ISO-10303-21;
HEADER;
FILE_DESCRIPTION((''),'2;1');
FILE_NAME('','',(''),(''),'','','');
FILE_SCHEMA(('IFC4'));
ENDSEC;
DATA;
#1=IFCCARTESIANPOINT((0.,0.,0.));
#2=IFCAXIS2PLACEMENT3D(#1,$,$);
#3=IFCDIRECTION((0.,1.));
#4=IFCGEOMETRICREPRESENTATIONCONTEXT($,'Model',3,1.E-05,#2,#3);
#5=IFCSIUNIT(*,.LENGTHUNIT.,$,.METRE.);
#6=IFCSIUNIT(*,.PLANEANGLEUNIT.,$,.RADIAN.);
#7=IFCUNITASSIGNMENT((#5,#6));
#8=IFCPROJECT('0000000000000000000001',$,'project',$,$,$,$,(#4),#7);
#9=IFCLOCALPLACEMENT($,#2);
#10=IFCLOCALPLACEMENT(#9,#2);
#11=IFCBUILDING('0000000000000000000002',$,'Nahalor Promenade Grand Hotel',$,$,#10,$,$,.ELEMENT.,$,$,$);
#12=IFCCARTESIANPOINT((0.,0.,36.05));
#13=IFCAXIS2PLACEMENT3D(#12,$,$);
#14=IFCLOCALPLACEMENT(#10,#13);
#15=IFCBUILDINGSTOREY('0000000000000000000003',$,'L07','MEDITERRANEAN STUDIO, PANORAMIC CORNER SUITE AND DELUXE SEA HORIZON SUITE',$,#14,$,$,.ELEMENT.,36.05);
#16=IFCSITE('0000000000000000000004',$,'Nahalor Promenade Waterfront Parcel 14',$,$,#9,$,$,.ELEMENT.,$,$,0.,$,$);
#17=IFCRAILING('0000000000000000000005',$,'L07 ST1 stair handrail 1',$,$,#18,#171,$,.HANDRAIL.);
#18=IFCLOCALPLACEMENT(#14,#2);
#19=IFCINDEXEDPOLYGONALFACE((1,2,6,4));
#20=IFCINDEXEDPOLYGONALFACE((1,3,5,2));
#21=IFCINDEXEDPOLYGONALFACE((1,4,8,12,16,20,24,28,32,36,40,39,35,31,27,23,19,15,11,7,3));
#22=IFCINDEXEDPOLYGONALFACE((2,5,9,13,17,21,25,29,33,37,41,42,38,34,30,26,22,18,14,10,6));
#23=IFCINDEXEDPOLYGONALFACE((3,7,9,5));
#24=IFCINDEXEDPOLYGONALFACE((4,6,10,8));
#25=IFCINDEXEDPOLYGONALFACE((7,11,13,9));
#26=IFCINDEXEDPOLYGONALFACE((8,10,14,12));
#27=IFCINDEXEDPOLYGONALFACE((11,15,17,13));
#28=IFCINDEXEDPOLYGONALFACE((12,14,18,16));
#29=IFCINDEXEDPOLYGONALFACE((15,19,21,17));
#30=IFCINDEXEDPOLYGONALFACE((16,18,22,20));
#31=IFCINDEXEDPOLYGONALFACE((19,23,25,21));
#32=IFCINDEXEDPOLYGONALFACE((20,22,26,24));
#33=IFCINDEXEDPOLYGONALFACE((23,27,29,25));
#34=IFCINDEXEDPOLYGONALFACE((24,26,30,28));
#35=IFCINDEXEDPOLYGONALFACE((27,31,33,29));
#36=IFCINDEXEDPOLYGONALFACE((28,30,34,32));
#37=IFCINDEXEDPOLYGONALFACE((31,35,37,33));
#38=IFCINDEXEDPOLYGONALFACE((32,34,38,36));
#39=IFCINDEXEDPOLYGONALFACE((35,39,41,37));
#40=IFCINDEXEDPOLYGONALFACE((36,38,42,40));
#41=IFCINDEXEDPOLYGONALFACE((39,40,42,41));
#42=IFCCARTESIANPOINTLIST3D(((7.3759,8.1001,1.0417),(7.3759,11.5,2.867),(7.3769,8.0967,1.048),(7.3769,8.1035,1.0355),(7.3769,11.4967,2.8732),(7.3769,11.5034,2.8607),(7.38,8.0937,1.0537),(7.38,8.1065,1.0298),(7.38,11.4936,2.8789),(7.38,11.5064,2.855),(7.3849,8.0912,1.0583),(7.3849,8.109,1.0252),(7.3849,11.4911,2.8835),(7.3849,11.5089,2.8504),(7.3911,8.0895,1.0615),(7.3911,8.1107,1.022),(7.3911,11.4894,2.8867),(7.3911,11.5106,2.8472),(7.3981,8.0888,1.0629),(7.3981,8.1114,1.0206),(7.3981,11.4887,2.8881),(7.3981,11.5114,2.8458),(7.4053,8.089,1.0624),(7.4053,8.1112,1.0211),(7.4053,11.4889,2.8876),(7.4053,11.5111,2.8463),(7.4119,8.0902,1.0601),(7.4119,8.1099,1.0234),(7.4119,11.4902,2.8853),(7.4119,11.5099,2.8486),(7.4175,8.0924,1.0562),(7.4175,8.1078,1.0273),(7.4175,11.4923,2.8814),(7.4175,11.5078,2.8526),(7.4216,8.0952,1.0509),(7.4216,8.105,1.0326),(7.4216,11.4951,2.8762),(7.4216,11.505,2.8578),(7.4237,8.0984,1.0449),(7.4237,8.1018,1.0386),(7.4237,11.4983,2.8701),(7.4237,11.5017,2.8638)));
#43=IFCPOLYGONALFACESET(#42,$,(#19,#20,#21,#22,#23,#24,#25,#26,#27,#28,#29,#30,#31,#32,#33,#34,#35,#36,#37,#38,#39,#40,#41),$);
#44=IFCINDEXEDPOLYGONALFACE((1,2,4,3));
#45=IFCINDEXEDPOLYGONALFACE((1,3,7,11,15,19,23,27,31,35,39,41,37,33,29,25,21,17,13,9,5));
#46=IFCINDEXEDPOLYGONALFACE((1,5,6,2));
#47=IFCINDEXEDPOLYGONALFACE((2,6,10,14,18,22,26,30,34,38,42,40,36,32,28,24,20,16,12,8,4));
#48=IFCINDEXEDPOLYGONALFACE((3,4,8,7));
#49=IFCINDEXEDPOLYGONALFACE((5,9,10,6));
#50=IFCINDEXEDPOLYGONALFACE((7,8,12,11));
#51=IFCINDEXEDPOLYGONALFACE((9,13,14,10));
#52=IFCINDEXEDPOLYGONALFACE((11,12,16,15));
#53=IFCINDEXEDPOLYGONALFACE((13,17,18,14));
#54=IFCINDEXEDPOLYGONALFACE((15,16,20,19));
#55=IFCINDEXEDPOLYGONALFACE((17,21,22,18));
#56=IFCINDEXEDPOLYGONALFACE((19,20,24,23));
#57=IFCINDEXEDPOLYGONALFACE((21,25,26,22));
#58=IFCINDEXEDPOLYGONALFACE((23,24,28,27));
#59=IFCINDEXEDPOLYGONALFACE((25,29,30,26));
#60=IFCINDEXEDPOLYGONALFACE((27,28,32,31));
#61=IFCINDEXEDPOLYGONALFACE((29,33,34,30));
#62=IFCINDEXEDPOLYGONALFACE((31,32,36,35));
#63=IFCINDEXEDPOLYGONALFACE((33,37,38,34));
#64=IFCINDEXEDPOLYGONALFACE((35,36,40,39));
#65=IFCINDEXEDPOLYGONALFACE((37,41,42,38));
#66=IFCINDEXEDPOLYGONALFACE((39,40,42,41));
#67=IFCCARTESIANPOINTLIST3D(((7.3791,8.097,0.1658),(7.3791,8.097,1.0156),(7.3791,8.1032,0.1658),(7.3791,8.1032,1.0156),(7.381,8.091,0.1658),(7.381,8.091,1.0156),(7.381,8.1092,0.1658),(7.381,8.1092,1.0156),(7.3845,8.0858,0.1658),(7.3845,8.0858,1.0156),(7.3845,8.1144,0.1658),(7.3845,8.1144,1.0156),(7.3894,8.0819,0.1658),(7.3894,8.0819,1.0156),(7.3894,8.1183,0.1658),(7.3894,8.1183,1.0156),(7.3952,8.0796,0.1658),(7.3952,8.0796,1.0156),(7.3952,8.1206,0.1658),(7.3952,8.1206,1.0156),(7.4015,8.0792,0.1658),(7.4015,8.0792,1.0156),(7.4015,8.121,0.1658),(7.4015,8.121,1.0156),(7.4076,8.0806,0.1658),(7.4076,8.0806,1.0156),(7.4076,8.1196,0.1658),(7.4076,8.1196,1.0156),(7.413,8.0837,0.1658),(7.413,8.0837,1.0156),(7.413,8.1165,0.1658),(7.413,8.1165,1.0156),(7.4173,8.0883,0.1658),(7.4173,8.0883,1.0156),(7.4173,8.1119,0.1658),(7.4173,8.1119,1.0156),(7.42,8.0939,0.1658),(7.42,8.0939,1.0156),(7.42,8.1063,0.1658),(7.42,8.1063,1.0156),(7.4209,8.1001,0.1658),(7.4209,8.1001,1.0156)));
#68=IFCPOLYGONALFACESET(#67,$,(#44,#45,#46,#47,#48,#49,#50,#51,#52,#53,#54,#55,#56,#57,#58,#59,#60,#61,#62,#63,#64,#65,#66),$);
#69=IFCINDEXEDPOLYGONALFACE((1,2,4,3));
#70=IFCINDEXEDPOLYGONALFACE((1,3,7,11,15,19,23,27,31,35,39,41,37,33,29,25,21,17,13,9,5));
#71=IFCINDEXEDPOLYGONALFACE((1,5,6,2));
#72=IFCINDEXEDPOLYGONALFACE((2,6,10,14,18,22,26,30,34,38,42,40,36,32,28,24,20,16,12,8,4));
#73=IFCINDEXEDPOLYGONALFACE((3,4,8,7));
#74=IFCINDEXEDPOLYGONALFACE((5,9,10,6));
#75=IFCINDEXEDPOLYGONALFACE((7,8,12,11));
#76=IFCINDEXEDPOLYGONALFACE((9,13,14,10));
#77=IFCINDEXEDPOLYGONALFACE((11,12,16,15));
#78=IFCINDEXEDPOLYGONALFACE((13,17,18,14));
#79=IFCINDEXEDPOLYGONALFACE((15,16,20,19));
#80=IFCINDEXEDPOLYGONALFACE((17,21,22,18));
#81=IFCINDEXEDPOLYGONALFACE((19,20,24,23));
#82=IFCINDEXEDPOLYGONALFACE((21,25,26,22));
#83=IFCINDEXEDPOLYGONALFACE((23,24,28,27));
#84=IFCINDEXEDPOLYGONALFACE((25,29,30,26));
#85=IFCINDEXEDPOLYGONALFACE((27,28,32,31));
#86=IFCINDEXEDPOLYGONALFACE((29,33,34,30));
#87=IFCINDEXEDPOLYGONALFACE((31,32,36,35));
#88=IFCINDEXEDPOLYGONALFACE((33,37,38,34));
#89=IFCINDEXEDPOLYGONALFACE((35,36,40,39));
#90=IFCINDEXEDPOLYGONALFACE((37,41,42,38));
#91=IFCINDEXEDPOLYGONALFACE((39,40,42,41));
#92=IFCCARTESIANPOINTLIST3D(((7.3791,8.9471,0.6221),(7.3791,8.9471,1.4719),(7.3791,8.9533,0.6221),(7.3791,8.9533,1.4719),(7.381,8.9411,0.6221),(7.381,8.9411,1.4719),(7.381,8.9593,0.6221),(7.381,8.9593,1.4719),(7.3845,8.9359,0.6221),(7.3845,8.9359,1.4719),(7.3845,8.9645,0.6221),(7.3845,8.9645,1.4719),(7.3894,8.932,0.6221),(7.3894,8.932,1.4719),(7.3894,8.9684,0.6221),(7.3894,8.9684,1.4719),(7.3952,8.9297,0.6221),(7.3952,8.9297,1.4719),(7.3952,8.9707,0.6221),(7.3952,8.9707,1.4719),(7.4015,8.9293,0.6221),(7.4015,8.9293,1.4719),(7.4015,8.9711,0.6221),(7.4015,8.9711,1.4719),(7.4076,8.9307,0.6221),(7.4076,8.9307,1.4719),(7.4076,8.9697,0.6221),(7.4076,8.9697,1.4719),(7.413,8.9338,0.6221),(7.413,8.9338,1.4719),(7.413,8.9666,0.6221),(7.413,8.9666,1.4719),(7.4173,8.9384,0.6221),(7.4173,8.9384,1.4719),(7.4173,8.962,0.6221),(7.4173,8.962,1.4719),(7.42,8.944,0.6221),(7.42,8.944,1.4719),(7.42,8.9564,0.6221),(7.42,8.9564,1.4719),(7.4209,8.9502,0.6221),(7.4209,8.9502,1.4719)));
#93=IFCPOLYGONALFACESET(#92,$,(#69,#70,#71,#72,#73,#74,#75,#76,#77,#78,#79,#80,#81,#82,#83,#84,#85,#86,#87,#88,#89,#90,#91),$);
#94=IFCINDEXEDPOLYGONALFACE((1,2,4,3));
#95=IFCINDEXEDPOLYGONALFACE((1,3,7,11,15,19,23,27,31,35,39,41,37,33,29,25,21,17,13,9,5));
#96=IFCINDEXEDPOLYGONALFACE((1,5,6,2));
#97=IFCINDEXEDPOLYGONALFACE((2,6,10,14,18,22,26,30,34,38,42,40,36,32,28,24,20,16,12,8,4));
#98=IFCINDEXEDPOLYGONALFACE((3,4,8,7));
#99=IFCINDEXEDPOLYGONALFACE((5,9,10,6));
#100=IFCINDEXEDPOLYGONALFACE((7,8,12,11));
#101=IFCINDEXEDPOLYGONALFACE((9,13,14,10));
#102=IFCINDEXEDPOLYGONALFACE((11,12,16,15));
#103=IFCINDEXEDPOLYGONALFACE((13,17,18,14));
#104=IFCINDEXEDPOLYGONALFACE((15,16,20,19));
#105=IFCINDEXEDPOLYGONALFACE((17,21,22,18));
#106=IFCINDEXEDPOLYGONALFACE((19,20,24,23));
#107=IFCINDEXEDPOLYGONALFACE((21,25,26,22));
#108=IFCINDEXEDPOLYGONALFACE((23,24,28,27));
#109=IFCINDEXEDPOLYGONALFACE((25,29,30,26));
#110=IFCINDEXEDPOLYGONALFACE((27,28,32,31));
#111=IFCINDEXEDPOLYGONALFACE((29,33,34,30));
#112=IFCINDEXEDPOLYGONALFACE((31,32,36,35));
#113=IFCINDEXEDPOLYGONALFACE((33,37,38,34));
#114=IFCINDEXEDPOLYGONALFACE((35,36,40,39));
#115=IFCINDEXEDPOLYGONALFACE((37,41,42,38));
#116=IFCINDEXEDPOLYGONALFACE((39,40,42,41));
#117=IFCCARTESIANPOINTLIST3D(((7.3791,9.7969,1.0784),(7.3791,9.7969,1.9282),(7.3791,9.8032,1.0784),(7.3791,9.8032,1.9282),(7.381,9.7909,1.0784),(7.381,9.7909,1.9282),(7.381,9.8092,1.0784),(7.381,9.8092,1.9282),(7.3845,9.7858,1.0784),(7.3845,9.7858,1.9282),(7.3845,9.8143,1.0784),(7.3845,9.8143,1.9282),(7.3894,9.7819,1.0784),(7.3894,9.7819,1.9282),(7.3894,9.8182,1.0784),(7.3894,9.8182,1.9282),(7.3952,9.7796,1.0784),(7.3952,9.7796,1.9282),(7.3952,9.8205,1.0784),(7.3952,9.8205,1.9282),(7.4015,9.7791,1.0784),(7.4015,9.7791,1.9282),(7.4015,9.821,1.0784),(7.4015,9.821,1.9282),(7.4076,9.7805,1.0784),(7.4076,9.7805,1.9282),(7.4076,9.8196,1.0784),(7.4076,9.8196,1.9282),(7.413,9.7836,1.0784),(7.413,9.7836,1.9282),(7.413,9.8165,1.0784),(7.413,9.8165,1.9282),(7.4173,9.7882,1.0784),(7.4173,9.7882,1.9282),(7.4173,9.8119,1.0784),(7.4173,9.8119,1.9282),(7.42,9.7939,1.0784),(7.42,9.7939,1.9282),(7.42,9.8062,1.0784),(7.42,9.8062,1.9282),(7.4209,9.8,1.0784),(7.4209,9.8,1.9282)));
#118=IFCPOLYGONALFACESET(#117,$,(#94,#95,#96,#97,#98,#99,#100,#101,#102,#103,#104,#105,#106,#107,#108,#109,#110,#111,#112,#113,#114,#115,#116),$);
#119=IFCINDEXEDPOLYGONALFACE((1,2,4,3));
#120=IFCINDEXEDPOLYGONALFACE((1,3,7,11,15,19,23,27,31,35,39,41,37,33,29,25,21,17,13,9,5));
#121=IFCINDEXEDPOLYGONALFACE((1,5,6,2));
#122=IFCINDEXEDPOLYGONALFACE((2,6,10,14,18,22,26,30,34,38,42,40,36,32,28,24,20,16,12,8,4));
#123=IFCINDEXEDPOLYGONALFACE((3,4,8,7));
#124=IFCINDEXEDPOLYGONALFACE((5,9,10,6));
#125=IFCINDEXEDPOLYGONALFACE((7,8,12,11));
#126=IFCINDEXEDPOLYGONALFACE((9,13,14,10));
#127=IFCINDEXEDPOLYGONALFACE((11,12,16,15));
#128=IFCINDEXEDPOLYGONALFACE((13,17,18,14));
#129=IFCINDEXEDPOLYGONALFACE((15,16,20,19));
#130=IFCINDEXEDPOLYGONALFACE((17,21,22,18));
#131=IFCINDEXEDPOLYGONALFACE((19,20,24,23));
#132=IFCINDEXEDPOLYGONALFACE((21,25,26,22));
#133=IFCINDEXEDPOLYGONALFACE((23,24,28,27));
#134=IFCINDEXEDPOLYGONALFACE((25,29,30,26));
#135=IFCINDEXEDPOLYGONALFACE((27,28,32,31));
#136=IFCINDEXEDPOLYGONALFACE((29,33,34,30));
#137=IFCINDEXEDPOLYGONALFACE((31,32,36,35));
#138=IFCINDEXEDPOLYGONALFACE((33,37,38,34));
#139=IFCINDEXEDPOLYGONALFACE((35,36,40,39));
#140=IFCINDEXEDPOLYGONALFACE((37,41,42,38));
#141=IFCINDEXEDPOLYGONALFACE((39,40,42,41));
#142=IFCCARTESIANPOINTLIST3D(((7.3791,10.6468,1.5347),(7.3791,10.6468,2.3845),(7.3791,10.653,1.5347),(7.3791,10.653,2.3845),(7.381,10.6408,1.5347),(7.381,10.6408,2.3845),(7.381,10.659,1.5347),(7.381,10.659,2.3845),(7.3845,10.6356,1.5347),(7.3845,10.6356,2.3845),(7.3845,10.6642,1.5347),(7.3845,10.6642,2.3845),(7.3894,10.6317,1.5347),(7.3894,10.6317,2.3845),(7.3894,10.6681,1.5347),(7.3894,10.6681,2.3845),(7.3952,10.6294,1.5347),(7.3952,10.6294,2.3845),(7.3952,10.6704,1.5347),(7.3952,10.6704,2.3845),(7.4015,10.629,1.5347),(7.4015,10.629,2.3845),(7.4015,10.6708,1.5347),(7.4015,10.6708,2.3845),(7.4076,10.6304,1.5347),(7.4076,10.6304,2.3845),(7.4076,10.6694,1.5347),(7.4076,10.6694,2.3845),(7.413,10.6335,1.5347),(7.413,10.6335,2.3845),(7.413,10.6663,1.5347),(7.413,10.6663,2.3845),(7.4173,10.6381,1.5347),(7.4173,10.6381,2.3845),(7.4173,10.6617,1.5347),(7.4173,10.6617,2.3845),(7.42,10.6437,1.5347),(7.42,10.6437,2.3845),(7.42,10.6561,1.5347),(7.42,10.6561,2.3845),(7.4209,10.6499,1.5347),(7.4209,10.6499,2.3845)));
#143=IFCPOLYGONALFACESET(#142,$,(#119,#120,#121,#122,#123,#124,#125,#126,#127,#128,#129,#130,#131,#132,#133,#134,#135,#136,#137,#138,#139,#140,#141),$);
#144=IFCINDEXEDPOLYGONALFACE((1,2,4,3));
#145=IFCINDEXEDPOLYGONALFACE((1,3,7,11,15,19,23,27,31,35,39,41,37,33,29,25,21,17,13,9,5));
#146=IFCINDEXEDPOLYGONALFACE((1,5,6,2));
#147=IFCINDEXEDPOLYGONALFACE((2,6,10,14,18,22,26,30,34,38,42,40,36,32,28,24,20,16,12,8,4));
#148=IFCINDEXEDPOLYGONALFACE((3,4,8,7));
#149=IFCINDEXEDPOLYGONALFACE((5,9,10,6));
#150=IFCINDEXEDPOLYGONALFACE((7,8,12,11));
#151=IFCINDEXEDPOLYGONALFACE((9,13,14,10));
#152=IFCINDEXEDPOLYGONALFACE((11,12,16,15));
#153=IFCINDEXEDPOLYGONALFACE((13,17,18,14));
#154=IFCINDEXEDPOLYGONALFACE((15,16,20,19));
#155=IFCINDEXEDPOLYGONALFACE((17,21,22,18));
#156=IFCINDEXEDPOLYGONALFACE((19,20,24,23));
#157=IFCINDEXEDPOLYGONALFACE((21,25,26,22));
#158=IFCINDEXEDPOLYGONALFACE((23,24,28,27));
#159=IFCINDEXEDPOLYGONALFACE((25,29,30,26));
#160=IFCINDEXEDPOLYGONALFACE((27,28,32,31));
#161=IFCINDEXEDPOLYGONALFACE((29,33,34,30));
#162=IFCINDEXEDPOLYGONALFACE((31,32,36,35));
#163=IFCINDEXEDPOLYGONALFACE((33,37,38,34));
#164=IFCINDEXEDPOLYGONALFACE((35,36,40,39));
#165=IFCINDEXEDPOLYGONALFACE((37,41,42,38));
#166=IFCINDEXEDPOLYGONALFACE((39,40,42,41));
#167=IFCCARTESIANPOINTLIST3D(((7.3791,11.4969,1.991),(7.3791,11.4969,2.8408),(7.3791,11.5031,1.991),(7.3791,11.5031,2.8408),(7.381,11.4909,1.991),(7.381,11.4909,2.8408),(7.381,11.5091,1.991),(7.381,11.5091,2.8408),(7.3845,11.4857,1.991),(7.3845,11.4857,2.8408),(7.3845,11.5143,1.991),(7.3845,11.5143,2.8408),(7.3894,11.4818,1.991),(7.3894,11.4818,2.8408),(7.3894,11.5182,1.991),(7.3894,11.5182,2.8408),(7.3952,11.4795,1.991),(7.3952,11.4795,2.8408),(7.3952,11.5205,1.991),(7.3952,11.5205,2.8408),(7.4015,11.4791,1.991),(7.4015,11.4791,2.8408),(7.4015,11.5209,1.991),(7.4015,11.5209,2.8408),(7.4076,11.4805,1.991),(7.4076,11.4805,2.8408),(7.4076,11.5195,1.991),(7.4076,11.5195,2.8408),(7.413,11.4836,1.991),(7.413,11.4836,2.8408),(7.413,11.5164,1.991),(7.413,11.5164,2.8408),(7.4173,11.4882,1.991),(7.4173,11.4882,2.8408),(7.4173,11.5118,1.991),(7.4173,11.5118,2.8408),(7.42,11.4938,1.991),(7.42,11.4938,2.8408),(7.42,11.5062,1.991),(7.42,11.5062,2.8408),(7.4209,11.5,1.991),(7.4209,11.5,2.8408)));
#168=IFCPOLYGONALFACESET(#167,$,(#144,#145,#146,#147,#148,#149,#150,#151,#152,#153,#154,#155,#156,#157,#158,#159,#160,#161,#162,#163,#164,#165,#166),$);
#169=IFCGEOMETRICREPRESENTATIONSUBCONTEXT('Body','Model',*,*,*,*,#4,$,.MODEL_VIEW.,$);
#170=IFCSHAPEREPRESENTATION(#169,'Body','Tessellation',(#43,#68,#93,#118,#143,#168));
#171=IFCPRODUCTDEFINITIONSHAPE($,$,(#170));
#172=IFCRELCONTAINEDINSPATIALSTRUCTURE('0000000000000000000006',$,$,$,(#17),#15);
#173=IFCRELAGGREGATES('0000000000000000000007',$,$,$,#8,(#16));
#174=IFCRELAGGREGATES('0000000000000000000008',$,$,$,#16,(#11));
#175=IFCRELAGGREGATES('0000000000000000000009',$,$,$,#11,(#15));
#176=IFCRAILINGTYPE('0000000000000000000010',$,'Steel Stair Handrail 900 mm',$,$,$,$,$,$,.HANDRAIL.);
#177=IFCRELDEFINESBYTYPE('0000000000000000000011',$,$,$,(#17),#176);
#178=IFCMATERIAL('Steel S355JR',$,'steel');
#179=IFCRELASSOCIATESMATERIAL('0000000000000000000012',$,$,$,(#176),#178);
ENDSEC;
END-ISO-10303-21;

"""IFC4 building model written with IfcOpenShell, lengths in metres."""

from ifc_helpers import new_model, si_unit, direction, frame, origin, origin_2d, place, context, subcontext, project, spatial, circle, extrude, material, type_object, element, save


model = new_model("IFC4")

# Units and contexts
model_context = context("Model", 3, precision=1e-05, world=origin(), true_north=direction((0.0, 1.0)))
body_context = subcontext(model_context, "Body", "Model", "MODEL_VIEW")
ifc_project = project(units=[si_unit("LENGTHUNIT", "METRE"), si_unit("PLANEANGLEUNIT", "RADIAN")], contexts=[model_context])

# Site, building, storey
site_placement = place(None, origin())
site = spatial("IfcSite", under=ifc_project, at=site_placement, Name="Nahalor Promenade Waterfront Parcel 14", CompositionType="ELEMENT", RefElevation=0.0)
building_placement = place(site_placement, origin())
building = spatial("IfcBuilding", under=site, at=building_placement, Name="Nahalor Promenade Grand Hotel", CompositionType="ELEMENT")
storey_placement = place(building_placement, frame((0.0, 0.0, 36.05)))
storey = spatial("IfcBuildingStorey", under=building, at=storey_placement, Name="L07", Description="MEDITERRANEAN STUDIO, PANORAMIC CORNER SUITE AND DELUXE SEA HORIZON SUITE", CompositionType="ELEMENT", Elevation=36.05)

# Shared definitions
ifc_material_1 = material(Name="Steel S355JR", Category="steel")

# Railing
railing_type_1 = type_object("IfcRailingType", Name="Steel Stair Handrail 900 mm", PredefinedType="HANDRAIL", material=ifc_material_1)
railing_1_placement = place(storey_placement, frame((7.3999, 8.1001, 0.1658)))
element("IfcRailing", 1, at=railing_1_placement, inside=storey, type_object=railing_type_1, Name="L07 ST1 stair handrail 1", PredefinedType="HANDRAIL", context=body_context, shape_type="SweptSolid", body=[
    extrude(circle(Radius=0.024, at=origin_2d()), frame((0.0, 0.0, 0.876), z_axis=(0.0, 0.881068, 0.47299), x_axis=(-1.0, 0.0, 0.0)), (0.0, 0.0, 1.0), 3.8589),
    extrude(circle(Radius=0.021, at=origin_2d()), origin(), (0.0, 0.0, 1.0), 0.8499),
    extrude(circle(Radius=0.021, at=origin_2d()), frame((0.0, 0.8501, 0.4563)), (0.0, 0.0, 1.0), 0.8499),
    extrude(circle(Radius=0.021, at=origin_2d()), frame((0.0, 1.7, 0.9126)), (0.0, 0.0, 1.0), 0.8499),
    extrude(circle(Radius=0.021, at=origin_2d()), frame((0.0, 2.5498, 1.3689)), (0.0, 0.0, 1.0), 0.8499),
    extrude(circle(Radius=0.021, at=origin_2d()), frame((0.0, 3.3999, 1.8252)), (0.0, 0.0, 1.0), 0.8499),
])

save(model, "model.ifc")
